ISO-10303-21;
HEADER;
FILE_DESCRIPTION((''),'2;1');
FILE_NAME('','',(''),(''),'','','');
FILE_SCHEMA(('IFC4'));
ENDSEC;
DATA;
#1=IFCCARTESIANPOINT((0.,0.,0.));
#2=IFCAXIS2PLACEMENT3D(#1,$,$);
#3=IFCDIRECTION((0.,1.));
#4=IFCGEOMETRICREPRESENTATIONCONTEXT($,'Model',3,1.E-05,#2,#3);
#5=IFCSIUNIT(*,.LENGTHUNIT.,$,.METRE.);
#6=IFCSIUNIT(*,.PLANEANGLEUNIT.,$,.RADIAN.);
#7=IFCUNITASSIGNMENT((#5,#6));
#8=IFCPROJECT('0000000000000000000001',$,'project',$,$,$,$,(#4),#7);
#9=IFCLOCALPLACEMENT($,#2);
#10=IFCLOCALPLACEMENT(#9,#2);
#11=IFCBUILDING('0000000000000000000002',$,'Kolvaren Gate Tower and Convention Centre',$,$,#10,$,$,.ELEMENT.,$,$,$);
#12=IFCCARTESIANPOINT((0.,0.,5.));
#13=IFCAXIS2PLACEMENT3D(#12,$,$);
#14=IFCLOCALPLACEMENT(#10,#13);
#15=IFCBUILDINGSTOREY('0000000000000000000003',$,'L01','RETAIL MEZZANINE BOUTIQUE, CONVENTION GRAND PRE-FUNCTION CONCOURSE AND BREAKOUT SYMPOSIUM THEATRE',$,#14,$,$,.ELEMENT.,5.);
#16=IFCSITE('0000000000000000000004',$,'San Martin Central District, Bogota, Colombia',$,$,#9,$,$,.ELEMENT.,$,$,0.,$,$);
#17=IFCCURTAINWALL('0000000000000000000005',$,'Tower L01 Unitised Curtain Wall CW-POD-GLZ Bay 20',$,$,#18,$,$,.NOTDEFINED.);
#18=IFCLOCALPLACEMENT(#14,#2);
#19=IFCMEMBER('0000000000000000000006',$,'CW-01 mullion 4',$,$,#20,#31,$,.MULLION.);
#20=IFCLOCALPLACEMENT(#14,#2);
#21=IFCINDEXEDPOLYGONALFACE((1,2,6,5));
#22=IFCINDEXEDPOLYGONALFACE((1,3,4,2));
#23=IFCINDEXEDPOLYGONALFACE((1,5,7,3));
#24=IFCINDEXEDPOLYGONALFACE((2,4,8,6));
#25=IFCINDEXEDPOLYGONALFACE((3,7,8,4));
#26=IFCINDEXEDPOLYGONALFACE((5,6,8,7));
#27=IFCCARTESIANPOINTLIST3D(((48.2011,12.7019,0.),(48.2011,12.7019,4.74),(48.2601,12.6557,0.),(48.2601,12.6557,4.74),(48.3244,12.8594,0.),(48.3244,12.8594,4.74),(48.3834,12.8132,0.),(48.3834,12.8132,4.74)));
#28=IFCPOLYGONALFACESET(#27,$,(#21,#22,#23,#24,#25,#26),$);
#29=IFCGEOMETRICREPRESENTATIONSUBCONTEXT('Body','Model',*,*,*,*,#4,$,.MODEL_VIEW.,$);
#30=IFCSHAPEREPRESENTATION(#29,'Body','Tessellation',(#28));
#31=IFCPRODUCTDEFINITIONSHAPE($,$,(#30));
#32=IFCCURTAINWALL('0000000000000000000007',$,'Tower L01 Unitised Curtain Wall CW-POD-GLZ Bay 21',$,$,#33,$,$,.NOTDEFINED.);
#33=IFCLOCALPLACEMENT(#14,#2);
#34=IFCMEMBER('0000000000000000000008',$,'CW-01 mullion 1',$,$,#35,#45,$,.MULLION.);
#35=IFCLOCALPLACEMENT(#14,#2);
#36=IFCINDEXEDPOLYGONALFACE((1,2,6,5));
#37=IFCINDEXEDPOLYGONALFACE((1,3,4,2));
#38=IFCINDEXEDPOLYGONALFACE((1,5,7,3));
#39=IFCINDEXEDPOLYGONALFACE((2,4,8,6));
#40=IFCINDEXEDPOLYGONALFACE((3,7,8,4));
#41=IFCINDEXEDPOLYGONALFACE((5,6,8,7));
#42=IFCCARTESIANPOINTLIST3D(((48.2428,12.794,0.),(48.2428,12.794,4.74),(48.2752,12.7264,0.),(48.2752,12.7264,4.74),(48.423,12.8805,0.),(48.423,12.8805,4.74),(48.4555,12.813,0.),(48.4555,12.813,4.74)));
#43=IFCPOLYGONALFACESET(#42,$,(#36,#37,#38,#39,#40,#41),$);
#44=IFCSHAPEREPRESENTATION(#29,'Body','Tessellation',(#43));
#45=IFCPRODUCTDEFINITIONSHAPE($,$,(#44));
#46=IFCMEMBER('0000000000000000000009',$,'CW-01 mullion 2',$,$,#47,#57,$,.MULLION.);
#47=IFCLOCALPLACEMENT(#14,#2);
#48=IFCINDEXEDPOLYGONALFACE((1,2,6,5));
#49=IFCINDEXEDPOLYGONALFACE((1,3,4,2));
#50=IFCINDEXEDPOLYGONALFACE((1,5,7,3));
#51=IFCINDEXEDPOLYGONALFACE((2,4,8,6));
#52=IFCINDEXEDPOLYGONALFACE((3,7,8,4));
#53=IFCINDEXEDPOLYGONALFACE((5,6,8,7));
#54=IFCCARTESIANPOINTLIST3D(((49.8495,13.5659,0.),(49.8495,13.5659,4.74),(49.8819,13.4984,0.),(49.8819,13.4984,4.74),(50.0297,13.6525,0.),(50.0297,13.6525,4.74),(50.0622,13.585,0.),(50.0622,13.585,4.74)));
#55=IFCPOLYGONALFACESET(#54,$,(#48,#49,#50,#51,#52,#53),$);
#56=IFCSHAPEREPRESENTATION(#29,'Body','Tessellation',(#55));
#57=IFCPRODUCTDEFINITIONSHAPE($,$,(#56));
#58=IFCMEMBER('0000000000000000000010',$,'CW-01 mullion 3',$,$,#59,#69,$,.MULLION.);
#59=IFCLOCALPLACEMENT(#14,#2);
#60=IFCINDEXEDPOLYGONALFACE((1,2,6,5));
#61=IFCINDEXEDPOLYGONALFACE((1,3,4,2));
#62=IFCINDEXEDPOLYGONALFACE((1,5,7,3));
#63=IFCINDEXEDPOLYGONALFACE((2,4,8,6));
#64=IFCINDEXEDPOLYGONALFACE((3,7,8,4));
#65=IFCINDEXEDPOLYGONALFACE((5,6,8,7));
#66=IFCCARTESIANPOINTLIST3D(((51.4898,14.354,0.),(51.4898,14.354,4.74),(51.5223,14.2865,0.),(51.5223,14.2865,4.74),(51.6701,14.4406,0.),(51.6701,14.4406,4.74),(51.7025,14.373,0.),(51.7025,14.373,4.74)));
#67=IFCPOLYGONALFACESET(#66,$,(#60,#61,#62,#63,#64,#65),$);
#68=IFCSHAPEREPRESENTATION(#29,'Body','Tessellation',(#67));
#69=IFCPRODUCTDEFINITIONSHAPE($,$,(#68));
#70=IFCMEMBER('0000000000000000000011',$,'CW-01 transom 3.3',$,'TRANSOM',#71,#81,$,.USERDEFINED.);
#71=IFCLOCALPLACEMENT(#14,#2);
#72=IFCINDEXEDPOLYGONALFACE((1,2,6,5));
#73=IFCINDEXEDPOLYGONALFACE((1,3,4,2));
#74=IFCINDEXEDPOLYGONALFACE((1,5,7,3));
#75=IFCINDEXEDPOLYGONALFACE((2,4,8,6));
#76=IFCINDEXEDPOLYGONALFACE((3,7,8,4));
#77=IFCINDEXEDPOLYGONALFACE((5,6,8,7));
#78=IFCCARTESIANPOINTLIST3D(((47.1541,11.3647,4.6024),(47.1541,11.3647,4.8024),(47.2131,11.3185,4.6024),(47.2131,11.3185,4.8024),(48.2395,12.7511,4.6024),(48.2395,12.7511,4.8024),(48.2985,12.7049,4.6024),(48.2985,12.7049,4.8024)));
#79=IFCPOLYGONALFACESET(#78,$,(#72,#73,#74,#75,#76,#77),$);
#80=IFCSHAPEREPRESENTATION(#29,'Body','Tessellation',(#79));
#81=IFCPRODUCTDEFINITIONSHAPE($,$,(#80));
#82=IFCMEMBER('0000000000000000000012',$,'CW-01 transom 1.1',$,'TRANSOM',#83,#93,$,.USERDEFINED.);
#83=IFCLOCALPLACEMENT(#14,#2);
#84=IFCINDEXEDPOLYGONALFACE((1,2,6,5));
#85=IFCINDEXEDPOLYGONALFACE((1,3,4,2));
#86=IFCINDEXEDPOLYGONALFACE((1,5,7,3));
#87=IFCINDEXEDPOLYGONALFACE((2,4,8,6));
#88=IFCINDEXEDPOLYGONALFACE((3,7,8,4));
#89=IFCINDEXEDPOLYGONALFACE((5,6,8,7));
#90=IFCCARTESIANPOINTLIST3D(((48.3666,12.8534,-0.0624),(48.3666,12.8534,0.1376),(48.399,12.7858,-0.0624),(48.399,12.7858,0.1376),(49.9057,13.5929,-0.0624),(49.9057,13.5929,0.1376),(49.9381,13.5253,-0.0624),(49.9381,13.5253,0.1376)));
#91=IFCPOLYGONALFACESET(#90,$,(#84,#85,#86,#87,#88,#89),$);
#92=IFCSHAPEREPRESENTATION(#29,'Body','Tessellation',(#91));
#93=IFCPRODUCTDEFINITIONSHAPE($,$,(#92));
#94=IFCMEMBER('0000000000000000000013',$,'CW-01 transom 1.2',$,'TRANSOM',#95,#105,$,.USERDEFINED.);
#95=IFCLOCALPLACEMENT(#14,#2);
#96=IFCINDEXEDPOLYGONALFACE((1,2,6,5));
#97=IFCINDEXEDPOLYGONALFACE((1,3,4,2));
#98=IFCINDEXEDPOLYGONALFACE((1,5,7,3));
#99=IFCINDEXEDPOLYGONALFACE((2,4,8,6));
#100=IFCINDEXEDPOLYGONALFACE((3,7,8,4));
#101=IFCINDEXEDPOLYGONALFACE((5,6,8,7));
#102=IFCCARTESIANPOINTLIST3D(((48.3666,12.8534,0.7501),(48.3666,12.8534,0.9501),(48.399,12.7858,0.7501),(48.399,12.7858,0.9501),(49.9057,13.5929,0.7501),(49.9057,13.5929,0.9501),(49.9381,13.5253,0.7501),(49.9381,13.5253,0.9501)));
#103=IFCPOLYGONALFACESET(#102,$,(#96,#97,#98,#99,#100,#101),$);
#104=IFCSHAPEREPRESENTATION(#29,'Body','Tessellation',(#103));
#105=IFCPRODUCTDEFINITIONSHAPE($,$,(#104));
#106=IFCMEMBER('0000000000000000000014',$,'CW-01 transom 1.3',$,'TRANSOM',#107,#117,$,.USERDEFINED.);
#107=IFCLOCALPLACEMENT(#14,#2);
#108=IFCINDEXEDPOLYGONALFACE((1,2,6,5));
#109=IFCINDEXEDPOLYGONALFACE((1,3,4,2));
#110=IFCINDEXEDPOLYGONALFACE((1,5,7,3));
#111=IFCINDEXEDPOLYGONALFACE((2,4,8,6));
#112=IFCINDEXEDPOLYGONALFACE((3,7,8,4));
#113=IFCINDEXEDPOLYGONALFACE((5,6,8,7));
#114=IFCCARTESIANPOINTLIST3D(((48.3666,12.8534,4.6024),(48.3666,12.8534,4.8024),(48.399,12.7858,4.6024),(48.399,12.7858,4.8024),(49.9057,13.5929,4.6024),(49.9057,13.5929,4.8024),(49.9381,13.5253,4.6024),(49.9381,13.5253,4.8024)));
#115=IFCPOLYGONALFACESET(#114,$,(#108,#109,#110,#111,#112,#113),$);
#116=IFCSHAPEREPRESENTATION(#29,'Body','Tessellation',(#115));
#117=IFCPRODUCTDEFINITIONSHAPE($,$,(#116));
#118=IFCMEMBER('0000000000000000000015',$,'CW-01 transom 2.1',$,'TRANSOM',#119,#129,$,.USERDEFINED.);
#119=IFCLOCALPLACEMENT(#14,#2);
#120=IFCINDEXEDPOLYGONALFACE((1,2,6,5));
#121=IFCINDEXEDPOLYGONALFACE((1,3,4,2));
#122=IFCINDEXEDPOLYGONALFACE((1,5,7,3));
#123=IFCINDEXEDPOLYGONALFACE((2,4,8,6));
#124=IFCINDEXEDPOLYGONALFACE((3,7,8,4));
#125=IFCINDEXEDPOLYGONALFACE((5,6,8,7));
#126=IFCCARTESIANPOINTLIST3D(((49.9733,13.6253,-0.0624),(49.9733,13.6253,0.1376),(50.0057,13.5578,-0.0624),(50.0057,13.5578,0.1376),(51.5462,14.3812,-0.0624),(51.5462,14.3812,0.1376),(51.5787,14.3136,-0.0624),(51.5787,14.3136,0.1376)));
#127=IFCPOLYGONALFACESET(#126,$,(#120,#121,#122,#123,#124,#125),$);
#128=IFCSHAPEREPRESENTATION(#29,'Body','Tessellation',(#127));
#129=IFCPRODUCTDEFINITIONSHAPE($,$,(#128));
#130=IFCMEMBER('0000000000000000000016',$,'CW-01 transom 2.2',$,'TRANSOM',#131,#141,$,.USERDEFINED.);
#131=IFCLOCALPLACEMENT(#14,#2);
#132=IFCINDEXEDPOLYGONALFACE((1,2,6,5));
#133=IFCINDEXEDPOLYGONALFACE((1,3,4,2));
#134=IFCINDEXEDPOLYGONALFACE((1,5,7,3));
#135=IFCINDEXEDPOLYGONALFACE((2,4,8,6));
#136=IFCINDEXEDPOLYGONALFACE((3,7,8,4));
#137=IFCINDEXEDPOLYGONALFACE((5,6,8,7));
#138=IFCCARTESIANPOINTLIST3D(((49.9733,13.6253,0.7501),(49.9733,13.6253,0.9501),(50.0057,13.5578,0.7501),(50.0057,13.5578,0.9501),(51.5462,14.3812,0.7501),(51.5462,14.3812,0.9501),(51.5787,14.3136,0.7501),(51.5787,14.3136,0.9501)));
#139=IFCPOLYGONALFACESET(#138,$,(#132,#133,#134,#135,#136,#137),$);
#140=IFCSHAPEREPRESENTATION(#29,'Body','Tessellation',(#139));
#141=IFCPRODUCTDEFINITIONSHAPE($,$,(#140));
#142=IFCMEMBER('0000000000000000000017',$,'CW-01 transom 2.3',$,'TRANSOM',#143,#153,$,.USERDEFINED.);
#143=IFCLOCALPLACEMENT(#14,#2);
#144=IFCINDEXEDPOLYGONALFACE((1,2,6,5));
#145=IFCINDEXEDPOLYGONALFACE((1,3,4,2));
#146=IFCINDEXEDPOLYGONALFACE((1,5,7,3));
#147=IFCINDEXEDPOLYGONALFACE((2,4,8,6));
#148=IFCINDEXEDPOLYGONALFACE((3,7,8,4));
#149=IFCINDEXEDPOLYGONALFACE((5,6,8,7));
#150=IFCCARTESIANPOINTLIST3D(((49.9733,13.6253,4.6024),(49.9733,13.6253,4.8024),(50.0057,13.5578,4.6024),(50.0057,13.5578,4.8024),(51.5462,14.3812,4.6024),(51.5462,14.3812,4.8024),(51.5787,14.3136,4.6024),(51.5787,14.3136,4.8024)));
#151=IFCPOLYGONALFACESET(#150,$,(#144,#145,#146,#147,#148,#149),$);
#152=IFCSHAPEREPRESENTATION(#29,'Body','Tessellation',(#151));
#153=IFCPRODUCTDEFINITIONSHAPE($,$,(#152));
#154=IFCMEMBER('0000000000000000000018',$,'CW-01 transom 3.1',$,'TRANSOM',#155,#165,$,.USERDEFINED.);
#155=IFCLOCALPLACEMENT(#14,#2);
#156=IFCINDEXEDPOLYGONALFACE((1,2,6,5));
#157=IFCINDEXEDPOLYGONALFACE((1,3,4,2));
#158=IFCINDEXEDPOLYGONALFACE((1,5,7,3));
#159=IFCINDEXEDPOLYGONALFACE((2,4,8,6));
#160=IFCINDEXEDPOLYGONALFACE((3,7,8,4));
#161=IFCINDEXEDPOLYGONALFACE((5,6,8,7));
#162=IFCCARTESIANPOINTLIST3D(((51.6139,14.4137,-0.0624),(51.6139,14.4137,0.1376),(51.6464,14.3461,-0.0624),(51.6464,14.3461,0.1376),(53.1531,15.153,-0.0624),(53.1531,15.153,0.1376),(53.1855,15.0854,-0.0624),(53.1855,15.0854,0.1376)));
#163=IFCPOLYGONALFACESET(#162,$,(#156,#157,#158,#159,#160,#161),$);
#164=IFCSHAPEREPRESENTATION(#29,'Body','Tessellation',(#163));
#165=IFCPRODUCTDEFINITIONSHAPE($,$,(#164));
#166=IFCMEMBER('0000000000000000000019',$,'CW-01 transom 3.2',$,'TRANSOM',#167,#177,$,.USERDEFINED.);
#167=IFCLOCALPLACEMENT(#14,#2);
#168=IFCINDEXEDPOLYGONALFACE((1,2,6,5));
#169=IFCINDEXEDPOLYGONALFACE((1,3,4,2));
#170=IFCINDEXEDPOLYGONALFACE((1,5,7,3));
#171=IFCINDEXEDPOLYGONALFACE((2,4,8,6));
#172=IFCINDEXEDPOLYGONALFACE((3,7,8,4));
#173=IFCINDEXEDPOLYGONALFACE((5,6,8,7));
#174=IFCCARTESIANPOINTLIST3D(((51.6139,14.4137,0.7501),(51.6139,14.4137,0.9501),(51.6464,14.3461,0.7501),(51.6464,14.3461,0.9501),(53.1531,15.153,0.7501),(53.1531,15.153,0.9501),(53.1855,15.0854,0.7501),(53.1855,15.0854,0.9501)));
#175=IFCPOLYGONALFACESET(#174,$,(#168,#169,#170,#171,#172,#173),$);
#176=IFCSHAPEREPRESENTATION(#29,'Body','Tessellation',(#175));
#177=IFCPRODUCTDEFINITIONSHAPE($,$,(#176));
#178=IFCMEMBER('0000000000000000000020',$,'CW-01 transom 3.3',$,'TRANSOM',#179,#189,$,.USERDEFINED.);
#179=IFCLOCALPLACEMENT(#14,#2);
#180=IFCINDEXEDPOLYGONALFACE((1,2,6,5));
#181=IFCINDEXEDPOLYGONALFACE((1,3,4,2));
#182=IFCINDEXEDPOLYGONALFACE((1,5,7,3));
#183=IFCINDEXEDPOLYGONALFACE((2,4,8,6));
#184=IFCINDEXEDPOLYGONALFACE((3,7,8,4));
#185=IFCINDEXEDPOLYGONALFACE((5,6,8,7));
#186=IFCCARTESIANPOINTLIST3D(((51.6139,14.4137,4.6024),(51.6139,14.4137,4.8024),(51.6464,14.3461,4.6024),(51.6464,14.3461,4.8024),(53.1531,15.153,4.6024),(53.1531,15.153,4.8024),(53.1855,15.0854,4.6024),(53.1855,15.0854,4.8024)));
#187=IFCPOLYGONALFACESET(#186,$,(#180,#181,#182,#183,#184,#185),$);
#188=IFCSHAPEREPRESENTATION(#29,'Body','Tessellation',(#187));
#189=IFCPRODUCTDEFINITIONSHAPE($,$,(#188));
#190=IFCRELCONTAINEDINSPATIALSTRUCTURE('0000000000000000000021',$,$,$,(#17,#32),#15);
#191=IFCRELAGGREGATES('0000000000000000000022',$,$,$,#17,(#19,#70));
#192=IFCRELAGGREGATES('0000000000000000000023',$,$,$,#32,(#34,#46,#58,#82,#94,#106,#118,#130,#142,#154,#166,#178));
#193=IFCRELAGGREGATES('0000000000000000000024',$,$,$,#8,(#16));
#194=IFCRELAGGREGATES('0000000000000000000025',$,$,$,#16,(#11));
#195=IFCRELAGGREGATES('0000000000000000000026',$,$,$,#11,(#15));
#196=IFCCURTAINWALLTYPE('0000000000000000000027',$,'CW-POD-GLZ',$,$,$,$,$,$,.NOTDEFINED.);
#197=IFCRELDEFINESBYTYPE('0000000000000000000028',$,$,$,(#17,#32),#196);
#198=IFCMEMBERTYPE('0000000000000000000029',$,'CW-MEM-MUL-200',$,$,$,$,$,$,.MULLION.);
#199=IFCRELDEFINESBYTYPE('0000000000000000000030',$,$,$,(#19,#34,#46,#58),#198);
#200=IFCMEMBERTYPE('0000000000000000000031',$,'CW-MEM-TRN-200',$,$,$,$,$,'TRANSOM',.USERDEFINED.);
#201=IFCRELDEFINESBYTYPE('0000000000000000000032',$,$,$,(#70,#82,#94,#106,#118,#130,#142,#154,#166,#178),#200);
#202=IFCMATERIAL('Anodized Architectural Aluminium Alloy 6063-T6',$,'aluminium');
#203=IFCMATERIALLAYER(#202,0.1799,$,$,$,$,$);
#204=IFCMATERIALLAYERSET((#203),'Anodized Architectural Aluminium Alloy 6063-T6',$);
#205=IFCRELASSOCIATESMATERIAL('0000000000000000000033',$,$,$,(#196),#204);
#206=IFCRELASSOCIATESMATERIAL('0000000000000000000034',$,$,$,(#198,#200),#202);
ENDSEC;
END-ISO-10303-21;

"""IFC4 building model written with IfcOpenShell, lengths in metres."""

from ifc_helpers import new_model, si_unit, direction, frame, origin, origin_2d, place, context, subcontext, project, spatial, rectangle, extrude, material, layer, layer_set, material_profile, profile_set, type_object, element, aggregate, save


model = new_model("IFC4")

# Units and contexts
model_context = context("Model", 3, precision=1e-05, world=origin(), true_north=direction((0.0, 1.0)))
body_context = subcontext(model_context, "Body", "Model", "MODEL_VIEW")
ifc_project = project(units=[si_unit("LENGTHUNIT", "METRE"), si_unit("PLANEANGLEUNIT", "RADIAN")], contexts=[model_context])

# Site, building, storey
site_placement = place(None, origin())
site = spatial("IfcSite", under=ifc_project, at=site_placement, Name="San Martin Central District, Bogota, Colombia", CompositionType="ELEMENT", RefElevation=0.0)
building_placement = place(site_placement, origin())
building = spatial("IfcBuilding", under=site, at=building_placement, Name="Kolvaren Gate Tower and Convention Centre", CompositionType="ELEMENT")
storey_placement = place(building_placement, frame((0.0, 0.0, 5.0)))
storey = spatial("IfcBuildingStorey", under=building, at=storey_placement, Name="L01", Description="RETAIL MEZZANINE BOUTIQUE, CONVENTION GRAND PRE-FUNCTION CONCOURSE AND BREAKOUT SYMPOSIUM THEATRE", CompositionType="ELEMENT", Elevation=5.0)

# Curtain wall, member
ifc_material_1 = material(Name="Anodized Architectural Aluminium Alloy 6063-T6", Category="aluminium")
ifc_layer_1 = layer(ifc_material_1, 0.1799)
ifc_layer_set_1 = layer_set([ifc_layer_1], Name="Anodized Architectural Aluminium Alloy 6063-T6")
curtain_wall_type = type_object("IfcCurtainWallType", Name="CW-POD-GLZ", PredefinedType="NOTDEFINED", material=ifc_layer_set_1)
curtain_wall_1_placement = place(storey_placement, origin())
curtain_wall_1 = element("IfcCurtainWall", 1, at=curtain_wall_1_placement, inside=storey, type_object=curtain_wall_type, Name="Tower L01 Unitised Curtain Wall CW-POD-GLZ Bay 20", PredefinedType="NOTDEFINED")
ifc_material_profile_1 = material_profile(ifc_material_1, rectangle(XDim=0.075, YDim=0.2, at=origin_2d()), Name="CW-MEM-MUL-200")
ifc_profile_set_1 = profile_set([ifc_material_profile_1], Name="Anodized Architectural Aluminium Alloy 6063-T6")
member_type_1 = type_object("IfcMemberType", Name="CW-MEM-MUL-200", PredefinedType="MULLION", material=ifc_profile_set_1)
member_1_placement = place(storey_placement, frame((48.2922, 12.7576, 0.0), z_axis=(0.0, 0.0, 1.0), x_axis=(-0.787413, 0.616426, 0.0)))
member_1 = element("IfcMember", 2, at=member_1_placement, type_object=member_type_1, Name="CW-01 mullion 4", PredefinedType="MULLION", context=body_context, shape_type="SweptSolid", body=[
    extrude(rectangle(XDim=0.075, YDim=0.2, at=origin_2d()), origin(), (0.0, 0.0, 1.0), 4.74),
])

# Curtain wall, members
curtain_wall_2_placement = place(storey_placement, origin())
curtain_wall_2 = element("IfcCurtainWall", 3, at=curtain_wall_2_placement, inside=storey, type_object=curtain_wall_type, Name="Tower L01 Unitised Curtain Wall CW-POD-GLZ Bay 21", PredefinedType="NOTDEFINED")
member_2_placement = place(storey_placement, frame((48.3491, 12.8035, 0.0), z_axis=(0.0, 0.0, 1.0), x_axis=(-0.433063, 0.901364, 0.0)))
member_2 = element("IfcMember", 4, at=member_2_placement, type_object=member_type_1, Name="CW-01 mullion 1", PredefinedType="MULLION", context=body_context, shape_type="SweptSolid", body=[
    extrude(rectangle(XDim=0.075, YDim=0.2, at=origin_2d()), origin(), (0.0, 0.0, 1.0), 4.74),
])
member_3_placement = place(storey_placement, frame((49.9558, 13.5754, 0.0), z_axis=(0.0, 0.0, 1.0), x_axis=(-0.433063, 0.901364, 0.0)))
member_3 = element("IfcMember", 5, at=member_3_placement, type_object=member_type_1, Name="CW-01 mullion 2", PredefinedType="MULLION", context=body_context, shape_type="SweptSolid", body=[
    extrude(rectangle(XDim=0.075, YDim=0.2, at=origin_2d()), origin(), (0.0, 0.0, 1.0), 4.74),
])
member_4_placement = place(storey_placement, frame((51.5962, 14.3635, 0.0), z_axis=(0.0, 0.0, 1.0), x_axis=(-0.433063, 0.901364, 0.0)))
member_4 = element("IfcMember", 6, at=member_4_placement, type_object=member_type_1, Name="CW-01 mullion 3", PredefinedType="MULLION", context=body_context, shape_type="SweptSolid", body=[
    extrude(rectangle(XDim=0.075, YDim=0.2, at=origin_2d()), origin(), (0.0, 0.0, 1.0), 4.74),
])

# Members
ifc_material_profile_2 = material_profile(ifc_material_1, rectangle(XDim=0.075, YDim=0.2, at=origin_2d()), Name="CW-MEM-TRN-200")
ifc_profile_set_2 = profile_set([ifc_material_profile_2], Name="Anodized Architectural Aluminium Alloy 6063-T6")
member_type_2 = type_object("IfcMemberType", Name="CW-MEM-TRN-200", ElementType="TRANSOM", PredefinedType="USERDEFINED", material=ifc_profile_set_2)
member_5_placement = place(storey_placement, frame((47.1836, 11.3416, 4.7024), z_axis=(0.616443, 0.7874, 0.0), x_axis=(-0.7874, 0.616443, 0.0)))
member_5 = element("IfcMember", 7, at=member_5_placement, type_object=member_type_2, Name="CW-01 transom 3.3", ObjectType="TRANSOM", PredefinedType="USERDEFINED", context=body_context, shape_type="SweptSolid", body=[
    extrude(rectangle(XDim=0.075, YDim=0.2, at=origin_2d()), origin(), (0.0, 0.0, 1.0), 1.7607),
])
member_6_placement = place(storey_placement, frame((48.3828, 12.8196, 0.0376), z_axis=(0.901351, 0.433089, 0.0), x_axis=(-0.433089, 0.901351, 0.0)))
member_6 = element("IfcMember", 8, at=member_6_placement, type_object=member_type_2, Name="CW-01 transom 1.1", ObjectType="TRANSOM", PredefinedType="USERDEFINED", context=body_context, shape_type="SweptSolid", body=[
    extrude(rectangle(XDim=0.075, YDim=0.2, at=origin_2d()), origin(), (0.0, 0.0, 1.0), 1.7075),
])
member_7_placement = place(storey_placement, frame((48.3828, 12.8196, 0.8501), z_axis=(0.901351, 0.433089, 0.0), x_axis=(-0.433089, 0.901351, 0.0)))
member_7 = element("IfcMember", 9, at=member_7_placement, type_object=member_type_2, Name="CW-01 transom 1.2", ObjectType="TRANSOM", PredefinedType="USERDEFINED", context=body_context, shape_type="SweptSolid", body=[
    extrude(rectangle(XDim=0.075, YDim=0.2, at=origin_2d()), origin(), (0.0, 0.0, 1.0), 1.7075),
])
member_8_placement = place(storey_placement, frame((48.3828, 12.8196, 4.7024), z_axis=(0.901351, 0.433089, 0.0), x_axis=(-0.433089, 0.901351, 0.0)))
member_8 = element("IfcMember", 10, at=member_8_placement, type_object=member_type_2, Name="CW-01 transom 1.3", ObjectType="TRANSOM", PredefinedType="USERDEFINED", context=body_context, shape_type="SweptSolid", body=[
    extrude(rectangle(XDim=0.075, YDim=0.2, at=origin_2d()), origin(), (0.0, 0.0, 1.0), 1.7075),
])
member_9_placement = place(storey_placement, frame((49.9895, 13.5916, 0.0376), z_axis=(0.90134, 0.433113, 0.0), x_axis=(-0.433113, 0.90134, 0.0)))
member_9 = element("IfcMember", 11, at=member_9_placement, type_object=member_type_2, Name="CW-01 transom 2.1", ObjectType="TRANSOM", PredefinedType="USERDEFINED", context=body_context, shape_type="SweptSolid", body=[
    extrude(rectangle(XDim=0.075, YDim=0.2, at=origin_2d()), origin(), (0.0, 0.0, 1.0), 1.7451),
])
member_10_placement = place(storey_placement, frame((49.9895, 13.5916, 0.8501), z_axis=(0.90134, 0.433113, 0.0), x_axis=(-0.433113, 0.90134, 0.0)))
member_10 = element("IfcMember", 12, at=member_10_placement, type_object=member_type_2, Name="CW-01 transom 2.2", ObjectType="TRANSOM", PredefinedType="USERDEFINED", context=body_context, shape_type="SweptSolid", body=[
    extrude(rectangle(XDim=0.075, YDim=0.2, at=origin_2d()), origin(), (0.0, 0.0, 1.0), 1.7451),
])
member_11_placement = place(storey_placement, frame((49.9895, 13.5916, 4.7024), z_axis=(0.90134, 0.433113, 0.0), x_axis=(-0.433113, 0.90134, 0.0)))
member_11 = element("IfcMember", 13, at=member_11_placement, type_object=member_type_2, Name="CW-01 transom 2.3", ObjectType="TRANSOM", PredefinedType="USERDEFINED", context=body_context, shape_type="SweptSolid", body=[
    extrude(rectangle(XDim=0.075, YDim=0.2, at=origin_2d()), origin(), (0.0, 0.0, 1.0), 1.7451),
])
member_12_placement = place(storey_placement, frame((51.6301, 14.3799, 0.0376), z_axis=(0.901407, 0.432973, 0.0), x_axis=(-0.432973, 0.901407, 0.0)))
member_12 = element("IfcMember", 14, at=member_12_placement, type_object=member_type_2, Name="CW-01 transom 3.1", ObjectType="TRANSOM", PredefinedType="USERDEFINED", context=body_context, shape_type="SweptSolid", body=[
    extrude(rectangle(XDim=0.075, YDim=0.2, at=origin_2d()), origin(), (0.0, 0.0, 1.0), 1.7075),
])
member_13_placement = place(storey_placement, frame((51.6301, 14.3799, 0.8501), z_axis=(0.901407, 0.432973, 0.0), x_axis=(-0.432973, 0.901407, 0.0)))
member_13 = element("IfcMember", 15, at=member_13_placement, type_object=member_type_2, Name="CW-01 transom 3.2", ObjectType="TRANSOM", PredefinedType="USERDEFINED", context=body_context, shape_type="SweptSolid", body=[
    extrude(rectangle(XDim=0.075, YDim=0.2, at=origin_2d()), origin(), (0.0, 0.0, 1.0), 1.7075),
])
member_14_placement = place(storey_placement, frame((51.6301, 14.3799, 4.7024), z_axis=(0.901407, 0.432973, 0.0), x_axis=(-0.432973, 0.901407, 0.0)))
member_14 = element("IfcMember", 16, at=member_14_placement, type_object=member_type_2, Name="CW-01 transom 3.3", ObjectType="TRANSOM", PredefinedType="USERDEFINED", context=body_context, shape_type="SweptSolid", body=[
    extrude(rectangle(XDim=0.075, YDim=0.2, at=origin_2d()), origin(), (0.0, 0.0, 1.0), 1.7075),
])

aggregate(curtain_wall_1, [member_1, member_5])
aggregate(curtain_wall_2, [member_2, member_3, member_4, member_6, member_7, member_8, member_9, member_10, member_11, member_12, member_13, member_14])

save(model, "model.ifc")
